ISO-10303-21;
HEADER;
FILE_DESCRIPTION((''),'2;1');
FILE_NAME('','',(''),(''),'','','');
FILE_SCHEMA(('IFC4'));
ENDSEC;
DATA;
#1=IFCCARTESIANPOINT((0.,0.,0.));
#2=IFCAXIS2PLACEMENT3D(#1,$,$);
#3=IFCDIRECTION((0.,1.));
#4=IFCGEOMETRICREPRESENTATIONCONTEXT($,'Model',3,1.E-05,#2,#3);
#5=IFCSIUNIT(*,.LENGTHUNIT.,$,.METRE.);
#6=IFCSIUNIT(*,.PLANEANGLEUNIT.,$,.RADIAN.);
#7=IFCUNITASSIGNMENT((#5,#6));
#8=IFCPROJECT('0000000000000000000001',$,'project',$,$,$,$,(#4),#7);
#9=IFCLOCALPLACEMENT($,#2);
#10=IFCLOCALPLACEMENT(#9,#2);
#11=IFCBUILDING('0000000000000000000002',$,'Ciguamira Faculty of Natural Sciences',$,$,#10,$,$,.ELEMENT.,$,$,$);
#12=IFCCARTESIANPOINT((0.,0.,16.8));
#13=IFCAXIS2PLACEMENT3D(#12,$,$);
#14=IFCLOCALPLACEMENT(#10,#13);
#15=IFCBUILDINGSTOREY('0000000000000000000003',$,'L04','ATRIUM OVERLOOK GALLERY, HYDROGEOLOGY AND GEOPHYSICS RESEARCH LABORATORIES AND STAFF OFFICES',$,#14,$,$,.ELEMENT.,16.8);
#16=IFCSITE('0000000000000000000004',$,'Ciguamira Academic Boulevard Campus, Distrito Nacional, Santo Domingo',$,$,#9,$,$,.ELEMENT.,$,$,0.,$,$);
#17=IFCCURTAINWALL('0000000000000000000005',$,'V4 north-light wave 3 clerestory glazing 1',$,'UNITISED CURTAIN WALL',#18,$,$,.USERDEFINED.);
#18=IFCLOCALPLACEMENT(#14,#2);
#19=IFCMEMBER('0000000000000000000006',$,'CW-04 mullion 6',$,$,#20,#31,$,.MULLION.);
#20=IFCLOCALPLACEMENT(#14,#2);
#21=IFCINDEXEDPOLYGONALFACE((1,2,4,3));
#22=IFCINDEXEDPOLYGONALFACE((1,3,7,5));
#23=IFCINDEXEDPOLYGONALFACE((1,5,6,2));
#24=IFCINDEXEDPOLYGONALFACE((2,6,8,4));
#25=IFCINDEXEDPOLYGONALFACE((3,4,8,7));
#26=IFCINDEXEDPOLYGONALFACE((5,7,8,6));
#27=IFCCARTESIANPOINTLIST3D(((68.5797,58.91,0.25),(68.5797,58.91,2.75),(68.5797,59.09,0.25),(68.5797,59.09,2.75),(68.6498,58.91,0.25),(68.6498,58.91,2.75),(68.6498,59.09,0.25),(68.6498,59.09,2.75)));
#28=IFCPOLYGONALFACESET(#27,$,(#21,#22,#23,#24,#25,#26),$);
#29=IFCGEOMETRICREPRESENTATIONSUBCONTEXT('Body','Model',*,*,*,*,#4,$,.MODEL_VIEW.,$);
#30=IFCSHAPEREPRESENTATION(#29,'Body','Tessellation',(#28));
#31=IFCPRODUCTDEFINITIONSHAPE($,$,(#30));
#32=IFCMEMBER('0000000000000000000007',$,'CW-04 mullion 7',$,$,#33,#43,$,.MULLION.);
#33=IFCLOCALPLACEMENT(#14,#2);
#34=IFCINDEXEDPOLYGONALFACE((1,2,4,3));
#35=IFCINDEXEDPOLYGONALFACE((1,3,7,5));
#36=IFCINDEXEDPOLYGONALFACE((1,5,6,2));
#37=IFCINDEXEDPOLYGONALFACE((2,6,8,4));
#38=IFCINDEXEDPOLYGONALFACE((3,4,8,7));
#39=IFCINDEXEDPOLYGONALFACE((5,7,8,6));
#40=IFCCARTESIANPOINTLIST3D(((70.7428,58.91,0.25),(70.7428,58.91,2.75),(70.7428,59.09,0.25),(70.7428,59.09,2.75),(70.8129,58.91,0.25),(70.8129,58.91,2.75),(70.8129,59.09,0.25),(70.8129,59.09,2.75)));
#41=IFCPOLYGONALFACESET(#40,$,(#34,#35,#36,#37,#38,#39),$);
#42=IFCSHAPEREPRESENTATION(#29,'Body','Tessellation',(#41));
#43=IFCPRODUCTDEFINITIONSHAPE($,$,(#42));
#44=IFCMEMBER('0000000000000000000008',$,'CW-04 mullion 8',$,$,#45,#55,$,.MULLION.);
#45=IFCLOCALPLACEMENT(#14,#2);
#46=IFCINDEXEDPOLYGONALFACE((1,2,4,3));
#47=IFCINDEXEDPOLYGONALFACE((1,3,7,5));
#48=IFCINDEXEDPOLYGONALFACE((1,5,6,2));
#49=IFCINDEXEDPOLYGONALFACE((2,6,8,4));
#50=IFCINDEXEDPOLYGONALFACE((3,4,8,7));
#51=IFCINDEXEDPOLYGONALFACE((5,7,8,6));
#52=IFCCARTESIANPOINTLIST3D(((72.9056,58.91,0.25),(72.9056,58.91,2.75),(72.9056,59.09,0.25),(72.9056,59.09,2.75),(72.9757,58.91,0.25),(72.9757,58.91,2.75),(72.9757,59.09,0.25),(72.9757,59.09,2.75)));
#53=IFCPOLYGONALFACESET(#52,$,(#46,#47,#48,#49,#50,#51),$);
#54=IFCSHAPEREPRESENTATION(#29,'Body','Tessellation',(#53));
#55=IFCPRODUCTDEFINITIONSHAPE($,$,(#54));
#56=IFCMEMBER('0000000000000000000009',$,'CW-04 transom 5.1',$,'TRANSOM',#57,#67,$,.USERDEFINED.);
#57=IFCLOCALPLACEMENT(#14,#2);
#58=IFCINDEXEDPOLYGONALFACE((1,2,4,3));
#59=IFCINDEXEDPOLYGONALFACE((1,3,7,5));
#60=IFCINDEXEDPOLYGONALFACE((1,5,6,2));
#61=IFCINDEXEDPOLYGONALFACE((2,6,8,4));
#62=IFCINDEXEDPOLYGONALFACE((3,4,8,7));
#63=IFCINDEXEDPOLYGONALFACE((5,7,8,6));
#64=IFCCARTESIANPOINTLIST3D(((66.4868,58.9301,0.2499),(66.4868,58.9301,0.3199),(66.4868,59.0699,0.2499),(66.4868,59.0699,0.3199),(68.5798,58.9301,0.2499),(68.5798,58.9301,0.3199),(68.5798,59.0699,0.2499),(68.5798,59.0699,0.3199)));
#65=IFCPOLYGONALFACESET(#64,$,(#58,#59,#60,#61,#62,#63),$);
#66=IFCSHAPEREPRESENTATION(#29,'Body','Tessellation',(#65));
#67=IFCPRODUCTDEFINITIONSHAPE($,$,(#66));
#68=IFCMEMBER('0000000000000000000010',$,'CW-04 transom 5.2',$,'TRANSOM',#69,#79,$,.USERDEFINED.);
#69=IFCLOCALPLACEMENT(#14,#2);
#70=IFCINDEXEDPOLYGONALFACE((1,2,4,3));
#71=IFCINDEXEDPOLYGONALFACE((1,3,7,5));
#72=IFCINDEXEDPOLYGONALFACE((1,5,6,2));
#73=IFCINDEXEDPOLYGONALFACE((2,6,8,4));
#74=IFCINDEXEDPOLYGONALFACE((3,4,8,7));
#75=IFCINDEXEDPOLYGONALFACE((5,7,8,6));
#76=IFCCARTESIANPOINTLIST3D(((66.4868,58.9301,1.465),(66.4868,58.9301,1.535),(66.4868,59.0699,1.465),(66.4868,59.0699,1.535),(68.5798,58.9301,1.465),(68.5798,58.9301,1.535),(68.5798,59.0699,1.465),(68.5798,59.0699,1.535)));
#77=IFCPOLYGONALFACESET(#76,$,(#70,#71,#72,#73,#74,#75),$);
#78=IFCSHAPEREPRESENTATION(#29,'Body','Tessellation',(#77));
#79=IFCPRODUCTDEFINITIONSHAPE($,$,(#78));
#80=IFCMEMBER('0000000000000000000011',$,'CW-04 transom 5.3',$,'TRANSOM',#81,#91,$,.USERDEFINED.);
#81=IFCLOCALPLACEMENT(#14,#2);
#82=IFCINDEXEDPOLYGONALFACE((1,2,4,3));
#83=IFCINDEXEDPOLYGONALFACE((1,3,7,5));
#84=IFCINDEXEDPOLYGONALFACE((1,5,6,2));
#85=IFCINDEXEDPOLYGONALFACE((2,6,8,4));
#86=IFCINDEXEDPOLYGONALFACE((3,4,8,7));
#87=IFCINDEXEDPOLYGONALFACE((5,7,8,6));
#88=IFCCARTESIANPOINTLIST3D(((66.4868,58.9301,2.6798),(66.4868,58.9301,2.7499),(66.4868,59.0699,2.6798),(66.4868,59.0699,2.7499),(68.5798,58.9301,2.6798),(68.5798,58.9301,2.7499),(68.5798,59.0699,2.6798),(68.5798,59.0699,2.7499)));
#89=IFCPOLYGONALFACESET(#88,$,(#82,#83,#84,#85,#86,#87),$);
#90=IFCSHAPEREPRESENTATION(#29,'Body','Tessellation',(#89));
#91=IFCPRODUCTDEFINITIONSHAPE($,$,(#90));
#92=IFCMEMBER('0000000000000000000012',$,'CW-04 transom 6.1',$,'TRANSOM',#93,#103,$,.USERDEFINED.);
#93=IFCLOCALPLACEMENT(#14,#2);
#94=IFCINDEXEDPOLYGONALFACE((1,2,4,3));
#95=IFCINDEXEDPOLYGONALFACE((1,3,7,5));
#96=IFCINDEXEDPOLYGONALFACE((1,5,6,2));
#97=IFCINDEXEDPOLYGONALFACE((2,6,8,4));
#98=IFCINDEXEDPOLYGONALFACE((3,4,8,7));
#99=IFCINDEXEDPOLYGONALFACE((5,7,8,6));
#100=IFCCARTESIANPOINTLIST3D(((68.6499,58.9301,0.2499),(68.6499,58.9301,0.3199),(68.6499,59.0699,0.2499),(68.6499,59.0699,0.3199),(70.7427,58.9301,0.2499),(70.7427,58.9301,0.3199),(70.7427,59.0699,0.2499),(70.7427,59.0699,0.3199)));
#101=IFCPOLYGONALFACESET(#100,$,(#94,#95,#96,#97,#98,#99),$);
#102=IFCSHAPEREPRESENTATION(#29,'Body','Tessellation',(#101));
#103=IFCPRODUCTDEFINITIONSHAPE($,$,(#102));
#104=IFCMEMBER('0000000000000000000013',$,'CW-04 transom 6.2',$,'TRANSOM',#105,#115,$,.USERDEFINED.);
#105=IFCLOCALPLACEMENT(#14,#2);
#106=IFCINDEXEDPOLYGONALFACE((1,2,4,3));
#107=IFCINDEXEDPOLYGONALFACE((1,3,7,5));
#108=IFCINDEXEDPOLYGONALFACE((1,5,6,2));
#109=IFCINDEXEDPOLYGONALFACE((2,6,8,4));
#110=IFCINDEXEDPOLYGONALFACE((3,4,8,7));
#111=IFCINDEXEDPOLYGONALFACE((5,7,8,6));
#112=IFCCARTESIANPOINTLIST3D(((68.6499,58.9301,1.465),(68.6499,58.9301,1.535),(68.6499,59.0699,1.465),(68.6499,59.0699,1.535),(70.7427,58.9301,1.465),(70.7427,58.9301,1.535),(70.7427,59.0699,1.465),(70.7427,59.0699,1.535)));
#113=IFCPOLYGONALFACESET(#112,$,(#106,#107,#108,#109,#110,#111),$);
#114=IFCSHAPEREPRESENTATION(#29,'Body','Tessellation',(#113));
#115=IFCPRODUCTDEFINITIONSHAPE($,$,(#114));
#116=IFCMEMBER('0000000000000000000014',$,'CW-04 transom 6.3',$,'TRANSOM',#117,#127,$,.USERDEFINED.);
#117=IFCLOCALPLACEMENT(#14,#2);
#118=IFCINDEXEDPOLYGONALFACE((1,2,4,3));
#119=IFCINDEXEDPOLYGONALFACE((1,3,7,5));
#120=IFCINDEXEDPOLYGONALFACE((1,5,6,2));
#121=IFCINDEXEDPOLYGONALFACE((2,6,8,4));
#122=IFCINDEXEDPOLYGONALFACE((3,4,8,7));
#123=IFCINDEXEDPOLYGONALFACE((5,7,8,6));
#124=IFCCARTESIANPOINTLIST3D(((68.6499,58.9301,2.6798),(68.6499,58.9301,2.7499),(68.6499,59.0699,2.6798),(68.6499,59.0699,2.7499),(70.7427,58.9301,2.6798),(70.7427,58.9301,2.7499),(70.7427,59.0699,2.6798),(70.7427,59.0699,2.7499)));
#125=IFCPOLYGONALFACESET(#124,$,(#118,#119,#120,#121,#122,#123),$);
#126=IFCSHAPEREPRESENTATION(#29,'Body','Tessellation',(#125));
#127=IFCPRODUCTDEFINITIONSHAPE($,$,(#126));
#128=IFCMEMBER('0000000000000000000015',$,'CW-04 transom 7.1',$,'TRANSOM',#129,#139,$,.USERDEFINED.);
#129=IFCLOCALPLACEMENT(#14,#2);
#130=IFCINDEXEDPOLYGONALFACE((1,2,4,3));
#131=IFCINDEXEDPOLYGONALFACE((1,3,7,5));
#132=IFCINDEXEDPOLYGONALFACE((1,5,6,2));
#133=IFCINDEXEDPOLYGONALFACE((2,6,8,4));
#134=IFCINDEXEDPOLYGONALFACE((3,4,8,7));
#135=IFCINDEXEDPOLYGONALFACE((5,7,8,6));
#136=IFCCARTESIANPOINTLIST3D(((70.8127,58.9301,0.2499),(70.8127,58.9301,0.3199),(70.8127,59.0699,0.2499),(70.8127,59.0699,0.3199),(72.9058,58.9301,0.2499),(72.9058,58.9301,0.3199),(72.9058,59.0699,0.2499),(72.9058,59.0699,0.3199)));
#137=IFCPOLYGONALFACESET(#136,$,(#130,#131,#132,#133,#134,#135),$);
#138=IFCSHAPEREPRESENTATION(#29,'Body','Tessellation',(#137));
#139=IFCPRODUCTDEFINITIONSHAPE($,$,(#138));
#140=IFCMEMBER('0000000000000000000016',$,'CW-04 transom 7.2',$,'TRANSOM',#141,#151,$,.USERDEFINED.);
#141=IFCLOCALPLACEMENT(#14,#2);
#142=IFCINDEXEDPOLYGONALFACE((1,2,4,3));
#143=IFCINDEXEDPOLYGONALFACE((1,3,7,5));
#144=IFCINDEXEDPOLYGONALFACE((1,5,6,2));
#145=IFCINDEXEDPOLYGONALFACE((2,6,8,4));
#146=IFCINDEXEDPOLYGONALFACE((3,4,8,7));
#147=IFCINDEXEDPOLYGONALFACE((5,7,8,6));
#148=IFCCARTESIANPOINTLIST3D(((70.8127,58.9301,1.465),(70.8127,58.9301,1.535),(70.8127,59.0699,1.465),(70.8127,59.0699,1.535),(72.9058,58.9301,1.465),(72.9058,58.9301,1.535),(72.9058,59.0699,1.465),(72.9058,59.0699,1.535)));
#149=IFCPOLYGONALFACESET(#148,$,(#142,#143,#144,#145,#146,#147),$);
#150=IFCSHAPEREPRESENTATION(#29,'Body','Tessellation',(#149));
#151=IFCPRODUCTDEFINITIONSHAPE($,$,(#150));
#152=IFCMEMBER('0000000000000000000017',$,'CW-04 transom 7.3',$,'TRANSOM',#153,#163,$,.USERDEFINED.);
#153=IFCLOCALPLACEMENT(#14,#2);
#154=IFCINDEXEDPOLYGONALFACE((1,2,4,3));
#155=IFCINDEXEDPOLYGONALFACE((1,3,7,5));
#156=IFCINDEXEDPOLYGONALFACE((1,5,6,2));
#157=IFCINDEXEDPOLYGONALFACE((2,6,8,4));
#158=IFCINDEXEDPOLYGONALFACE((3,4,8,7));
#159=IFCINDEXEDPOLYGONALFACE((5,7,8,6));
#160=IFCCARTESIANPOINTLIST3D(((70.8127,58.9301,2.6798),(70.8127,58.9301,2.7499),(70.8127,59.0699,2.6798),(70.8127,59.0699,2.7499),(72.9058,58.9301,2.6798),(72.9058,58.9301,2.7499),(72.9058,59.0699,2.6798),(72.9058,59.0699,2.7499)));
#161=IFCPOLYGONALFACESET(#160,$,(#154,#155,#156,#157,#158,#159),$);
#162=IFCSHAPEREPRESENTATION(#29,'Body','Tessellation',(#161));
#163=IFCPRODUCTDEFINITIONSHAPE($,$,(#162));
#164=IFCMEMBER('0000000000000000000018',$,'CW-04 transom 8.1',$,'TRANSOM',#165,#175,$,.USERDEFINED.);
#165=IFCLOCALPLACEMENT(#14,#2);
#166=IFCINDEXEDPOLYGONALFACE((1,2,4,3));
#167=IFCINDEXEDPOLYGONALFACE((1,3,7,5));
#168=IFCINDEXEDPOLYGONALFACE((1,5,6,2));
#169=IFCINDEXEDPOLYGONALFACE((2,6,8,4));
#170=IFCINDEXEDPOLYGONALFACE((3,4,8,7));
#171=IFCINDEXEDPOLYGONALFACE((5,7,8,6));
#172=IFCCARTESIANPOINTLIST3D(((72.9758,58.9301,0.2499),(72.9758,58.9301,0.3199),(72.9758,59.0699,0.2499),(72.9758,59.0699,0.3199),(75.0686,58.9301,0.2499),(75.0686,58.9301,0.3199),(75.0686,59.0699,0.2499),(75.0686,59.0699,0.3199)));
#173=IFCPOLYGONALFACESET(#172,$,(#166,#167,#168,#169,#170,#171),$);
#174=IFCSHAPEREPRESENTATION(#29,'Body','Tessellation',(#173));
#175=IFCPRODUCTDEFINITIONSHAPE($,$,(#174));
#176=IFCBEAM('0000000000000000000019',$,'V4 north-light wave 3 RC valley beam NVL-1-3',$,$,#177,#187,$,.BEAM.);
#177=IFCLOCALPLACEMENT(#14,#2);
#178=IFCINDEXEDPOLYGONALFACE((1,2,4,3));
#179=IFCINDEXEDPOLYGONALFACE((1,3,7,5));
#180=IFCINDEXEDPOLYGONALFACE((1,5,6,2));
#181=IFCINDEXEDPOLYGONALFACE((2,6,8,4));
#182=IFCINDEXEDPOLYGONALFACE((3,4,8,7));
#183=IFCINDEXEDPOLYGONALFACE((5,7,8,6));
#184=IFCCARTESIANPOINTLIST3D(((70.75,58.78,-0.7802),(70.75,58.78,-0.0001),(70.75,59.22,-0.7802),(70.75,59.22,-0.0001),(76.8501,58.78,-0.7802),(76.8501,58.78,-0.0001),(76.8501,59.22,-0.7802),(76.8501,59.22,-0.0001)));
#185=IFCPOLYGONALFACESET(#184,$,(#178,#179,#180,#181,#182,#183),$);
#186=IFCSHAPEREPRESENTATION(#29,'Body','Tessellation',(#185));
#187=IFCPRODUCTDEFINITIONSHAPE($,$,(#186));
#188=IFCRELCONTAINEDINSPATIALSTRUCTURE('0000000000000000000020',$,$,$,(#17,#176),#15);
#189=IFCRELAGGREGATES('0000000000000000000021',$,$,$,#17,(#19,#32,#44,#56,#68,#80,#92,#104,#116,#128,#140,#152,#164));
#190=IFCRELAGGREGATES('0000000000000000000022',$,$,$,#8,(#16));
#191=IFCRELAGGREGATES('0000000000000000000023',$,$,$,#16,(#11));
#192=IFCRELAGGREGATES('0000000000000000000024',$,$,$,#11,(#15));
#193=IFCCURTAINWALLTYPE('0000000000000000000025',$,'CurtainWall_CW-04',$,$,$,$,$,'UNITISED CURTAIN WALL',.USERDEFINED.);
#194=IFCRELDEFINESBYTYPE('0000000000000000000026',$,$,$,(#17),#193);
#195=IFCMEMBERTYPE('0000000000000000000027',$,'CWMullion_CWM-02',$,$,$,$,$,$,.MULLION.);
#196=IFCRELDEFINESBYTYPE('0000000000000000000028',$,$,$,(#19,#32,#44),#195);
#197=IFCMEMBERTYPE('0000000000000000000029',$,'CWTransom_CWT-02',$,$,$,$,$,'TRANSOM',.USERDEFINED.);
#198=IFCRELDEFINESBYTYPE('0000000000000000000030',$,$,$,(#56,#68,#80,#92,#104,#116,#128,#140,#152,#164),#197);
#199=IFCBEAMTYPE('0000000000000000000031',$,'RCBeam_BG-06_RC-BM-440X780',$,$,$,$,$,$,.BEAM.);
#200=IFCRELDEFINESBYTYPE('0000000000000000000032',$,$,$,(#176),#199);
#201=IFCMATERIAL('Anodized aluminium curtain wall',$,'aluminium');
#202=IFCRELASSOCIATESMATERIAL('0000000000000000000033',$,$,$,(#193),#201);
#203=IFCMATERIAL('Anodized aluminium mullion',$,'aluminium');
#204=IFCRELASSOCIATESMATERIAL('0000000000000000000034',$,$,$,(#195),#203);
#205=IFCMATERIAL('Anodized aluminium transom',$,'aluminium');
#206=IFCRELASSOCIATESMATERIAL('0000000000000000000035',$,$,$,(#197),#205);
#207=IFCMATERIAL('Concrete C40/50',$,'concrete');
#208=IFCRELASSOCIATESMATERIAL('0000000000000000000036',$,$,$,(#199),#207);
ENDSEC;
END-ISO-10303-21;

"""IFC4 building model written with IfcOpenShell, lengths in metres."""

from ifc_helpers import new_model, si_unit, direction, frame, origin, origin_2d, place, context, subcontext, project, spatial, rectangle, extrude, material, material_profile, profile_set, type_object, element, aggregate, save


model = new_model("IFC4")

# Units and contexts
model_context = context("Model", 3, precision=1e-05, world=origin(), true_north=direction((0.0, 1.0)))
body_context = subcontext(model_context, "Body", "Model", "MODEL_VIEW")
ifc_project = project(units=[si_unit("LENGTHUNIT", "METRE"), si_unit("PLANEANGLEUNIT", "RADIAN")], contexts=[model_context])

# Site, building, storey
site_placement = place(None, origin())
site = spatial("IfcSite", under=ifc_project, at=site_placement, Name="Ciguamira Academic Boulevard Campus, Distrito Nacional, Santo Domingo", CompositionType="ELEMENT", RefElevation=0.0)
building_placement = place(site_placement, origin())
building = spatial("IfcBuilding", under=site, at=building_placement, Name="Ciguamira Faculty of Natural Sciences", CompositionType="ELEMENT")
storey_placement = place(building_placement, frame((0.0, 0.0, 16.8)))
storey = spatial("IfcBuildingStorey", under=building, at=storey_placement, Name="L04", Description="ATRIUM OVERLOOK GALLERY, HYDROGEOLOGY AND GEOPHYSICS RESEARCH LABORATORIES AND STAFF OFFICES", CompositionType="ELEMENT", Elevation=16.8)

# Curtain wall, members
ifc_material_1 = material(Name="Anodized aluminium curtain wall", Category="aluminium")
curtain_wall_type = type_object("IfcCurtainWallType", Name="CurtainWall_CW-04", ElementType="UNITISED CURTAIN WALL", PredefinedType="USERDEFINED", material=ifc_material_1)
curtain_wall_placement = place(storey_placement, origin())
curtain_wall = element("IfcCurtainWall", 1, at=curtain_wall_placement, inside=storey, type_object=curtain_wall_type, Name="V4 north-light wave 3 clerestory glazing 1", ObjectType="UNITISED CURTAIN WALL", PredefinedType="USERDEFINED")
ifc_material_2 = material(Name="Anodized aluminium mullion", Category="aluminium")
ifc_material_profile_1 = material_profile(ifc_material_2, rectangle(XDim=0.0701, YDim=0.1799, at=origin_2d()), Name="ALU-MUL-70X180")
ifc_profile_set_1 = profile_set([ifc_material_profile_1], Name="Anodized aluminium mullion")
member_type_1 = type_object("IfcMemberType", Name="CWMullion_CWM-02", PredefinedType="MULLION", material=ifc_profile_set_1)
member_1_placement = place(storey_placement, frame((68.6147, 59.0, 0.25), z_axis=(0.0, 0.0, 1.0), x_axis=(1.0, 0.0, 0.0)))
member_1 = element("IfcMember", 2, at=member_1_placement, type_object=member_type_1, Name="CW-04 mullion 6", PredefinedType="MULLION", context=body_context, shape_type="SweptSolid", body=[
    extrude(rectangle(XDim=0.0701, YDim=0.1799, at=origin_2d()), origin(), (0.0, 0.0, 1.0), 2.5),
])
member_2_placement = place(storey_placement, frame((70.7778, 59.0, 0.25), z_axis=(0.0, 0.0, 1.0), x_axis=(1.0, 0.0, 0.0)))
member_2 = element("IfcMember", 3, at=member_2_placement, type_object=member_type_1, Name="CW-04 mullion 7", PredefinedType="MULLION", context=body_context, shape_type="SweptSolid", body=[
    extrude(rectangle(XDim=0.0701, YDim=0.1799, at=origin_2d()), origin(), (0.0, 0.0, 1.0), 2.5),
])
member_3_placement = place(storey_placement, frame((72.9407, 59.0, 0.25), z_axis=(0.0, 0.0, 1.0), x_axis=(1.0, 0.0, 0.0)))
member_3 = element("IfcMember", 4, at=member_3_placement, type_object=member_type_1, Name="CW-04 mullion 8", PredefinedType="MULLION", context=body_context, shape_type="SweptSolid", body=[
    extrude(rectangle(XDim=0.0701, YDim=0.1799, at=origin_2d()), origin(), (0.0, 0.0, 1.0), 2.5),
])
ifc_material_3 = material(Name="Anodized aluminium transom", Category="aluminium")
ifc_material_profile_2 = material_profile(ifc_material_3, rectangle(XDim=0.0701, YDim=0.1399, at=origin_2d()), Name="ALU-TRN-70X140")
ifc_profile_set_2 = profile_set([ifc_material_profile_2], Name="Anodized aluminium transom")
member_type_2 = type_object("IfcMemberType", Name="CWTransom_CWT-02", ElementType="TRANSOM", PredefinedType="USERDEFINED", material=ifc_profile_set_2)
member_4_placement = place(storey_placement, frame((66.4868, 59.0, 0.2849), z_axis=(1.0, 0.0, 0.0), x_axis=(0.0, 0.0, 1.0)))
member_4 = element("IfcMember", 5, at=member_4_placement, type_object=member_type_2, Name="CW-04 transom 5.1", ObjectType="TRANSOM", PredefinedType="USERDEFINED", context=body_context, shape_type="SweptSolid", body=[
    extrude(rectangle(XDim=0.0701, YDim=0.1399, at=origin_2d()), origin(), (0.0, 0.0, 1.0), 2.093),
])
member_5_placement = place(storey_placement, frame((66.4868, 59.0, 1.5), z_axis=(1.0, 0.0, 0.0), x_axis=(0.0, 0.0, 1.0)))
member_5 = element("IfcMember", 6, at=member_5_placement, type_object=member_type_2, Name="CW-04 transom 5.2", ObjectType="TRANSOM", PredefinedType="USERDEFINED", context=body_context, shape_type="SweptSolid", body=[
    extrude(rectangle(XDim=0.0701, YDim=0.1399, at=origin_2d()), origin(), (0.0, 0.0, 1.0), 2.093),
])
member_6_placement = place(storey_placement, frame((66.4868, 59.0, 2.7148), z_axis=(1.0, 0.0, 0.0), x_axis=(0.0, 0.0, 1.0)))
member_6 = element("IfcMember", 7, at=member_6_placement, type_object=member_type_2, Name="CW-04 transom 5.3", ObjectType="TRANSOM", PredefinedType="USERDEFINED", context=body_context, shape_type="SweptSolid", body=[
    extrude(rectangle(XDim=0.0701, YDim=0.1399, at=origin_2d()), origin(), (0.0, 0.0, 1.0), 2.093),
])
member_7_placement = place(storey_placement, frame((68.6499, 59.0, 0.2849), z_axis=(1.0, 0.0, 0.0), x_axis=(0.0, 0.0, 1.0)))
member_7 = element("IfcMember", 8, at=member_7_placement, type_object=member_type_2, Name="CW-04 transom 6.1", ObjectType="TRANSOM", PredefinedType="USERDEFINED", context=body_context, shape_type="SweptSolid", body=[
    extrude(rectangle(XDim=0.0701, YDim=0.1399, at=origin_2d()), origin(), (0.0, 0.0, 1.0), 2.0928),
])
member_8_placement = place(storey_placement, frame((68.6499, 59.0, 1.5), z_axis=(1.0, 0.0, 0.0), x_axis=(0.0, 0.0, 1.0)))
member_8 = element("IfcMember", 9, at=member_8_placement, type_object=member_type_2, Name="CW-04 transom 6.2", ObjectType="TRANSOM", PredefinedType="USERDEFINED", context=body_context, shape_type="SweptSolid", body=[
    extrude(rectangle(XDim=0.0701, YDim=0.1399, at=origin_2d()), origin(), (0.0, 0.0, 1.0), 2.0928),
])
member_9_placement = place(storey_placement, frame((68.6499, 59.0, 2.7148), z_axis=(1.0, 0.0, 0.0), x_axis=(0.0, 0.0, 1.0)))
member_9 = element("IfcMember", 10, at=member_9_placement, type_object=member_type_2, Name="CW-04 transom 6.3", ObjectType="TRANSOM", PredefinedType="USERDEFINED", context=body_context, shape_type="SweptSolid", body=[
    extrude(rectangle(XDim=0.0701, YDim=0.1399, at=origin_2d()), origin(), (0.0, 0.0, 1.0), 2.0928),
])
member_10_placement = place(storey_placement, frame((70.8127, 59.0, 0.2849), z_axis=(1.0, 0.0, 0.0), x_axis=(0.0, 0.0, 1.0)))
member_10 = element("IfcMember", 11, at=member_10_placement, type_object=member_type_2, Name="CW-04 transom 7.1", ObjectType="TRANSOM", PredefinedType="USERDEFINED", context=body_context, shape_type="SweptSolid", body=[
    extrude(rectangle(XDim=0.0701, YDim=0.1399, at=origin_2d()), origin(), (0.0, 0.0, 1.0), 2.093),
])
member_11_placement = place(storey_placement, frame((70.8127, 59.0, 1.5), z_axis=(1.0, 0.0, 0.0), x_axis=(0.0, 0.0, 1.0)))
member_11 = element("IfcMember", 12, at=member_11_placement, type_object=member_type_2, Name="CW-04 transom 7.2", ObjectType="TRANSOM", PredefinedType="USERDEFINED", context=body_context, shape_type="SweptSolid", body=[
    extrude(rectangle(XDim=0.0701, YDim=0.1399, at=origin_2d()), origin(), (0.0, 0.0, 1.0), 2.093),
])
member_12_placement = place(storey_placement, frame((70.8127, 59.0, 2.7148), z_axis=(1.0, 0.0, 0.0), x_axis=(0.0, 0.0, 1.0)))
member_12 = element("IfcMember", 13, at=member_12_placement, type_object=member_type_2, Name="CW-04 transom 7.3", ObjectType="TRANSOM", PredefinedType="USERDEFINED", context=body_context, shape_type="SweptSolid", body=[
    extrude(rectangle(XDim=0.0701, YDim=0.1399, at=origin_2d()), origin(), (0.0, 0.0, 1.0), 2.093),
])
member_13_placement = place(storey_placement, frame((72.9758, 59.0, 0.2849), z_axis=(1.0, 0.0, 0.0), x_axis=(0.0, 0.0, 1.0)))
member_13 = element("IfcMember", 14, at=member_13_placement, type_object=member_type_2, Name="CW-04 transom 8.1", ObjectType="TRANSOM", PredefinedType="USERDEFINED", context=body_context, shape_type="SweptSolid", body=[
    extrude(rectangle(XDim=0.0701, YDim=0.1399, at=origin_2d()), origin(), (0.0, 0.0, 1.0), 2.0928),
])

# Beam
ifc_material_4 = material(Name="Concrete C40/50", Category="concrete")
ifc_material_profile_3 = material_profile(ifc_material_4, rectangle(XDim=0.4399, YDim=0.78, at=origin_2d()), Name="RC-BM-440X780")
ifc_profile_set_3 = profile_set([ifc_material_profile_3], Name="Concrete C40/50")
beam_type = type_object("IfcBeamType", Name="RCBeam_BG-06_RC-BM-440X780", PredefinedType="BEAM", material=ifc_profile_set_3)
beam_placement = place(storey_placement, frame((70.75, 59.0, -0.3901), z_axis=(1.0, 0.0, 0.0), x_axis=(0.0, 1.0, 0.0)))
element("IfcBeam", 15, at=beam_placement, inside=storey, type_object=beam_type, Name="V4 north-light wave 3 RC valley beam NVL-1-3", PredefinedType="BEAM", context=body_context, shape_type="SweptSolid", body=[
    extrude(rectangle(XDim=0.4399, YDim=0.78, at=origin_2d()), origin(), (0.0, 0.0, 1.0), 6.1001),
])

aggregate(curtain_wall, [member_1, member_2, member_3, member_4, member_5, member_6, member_7, member_8, member_9, member_10, member_11, member_12, member_13])

save(model, "model.ifc")
